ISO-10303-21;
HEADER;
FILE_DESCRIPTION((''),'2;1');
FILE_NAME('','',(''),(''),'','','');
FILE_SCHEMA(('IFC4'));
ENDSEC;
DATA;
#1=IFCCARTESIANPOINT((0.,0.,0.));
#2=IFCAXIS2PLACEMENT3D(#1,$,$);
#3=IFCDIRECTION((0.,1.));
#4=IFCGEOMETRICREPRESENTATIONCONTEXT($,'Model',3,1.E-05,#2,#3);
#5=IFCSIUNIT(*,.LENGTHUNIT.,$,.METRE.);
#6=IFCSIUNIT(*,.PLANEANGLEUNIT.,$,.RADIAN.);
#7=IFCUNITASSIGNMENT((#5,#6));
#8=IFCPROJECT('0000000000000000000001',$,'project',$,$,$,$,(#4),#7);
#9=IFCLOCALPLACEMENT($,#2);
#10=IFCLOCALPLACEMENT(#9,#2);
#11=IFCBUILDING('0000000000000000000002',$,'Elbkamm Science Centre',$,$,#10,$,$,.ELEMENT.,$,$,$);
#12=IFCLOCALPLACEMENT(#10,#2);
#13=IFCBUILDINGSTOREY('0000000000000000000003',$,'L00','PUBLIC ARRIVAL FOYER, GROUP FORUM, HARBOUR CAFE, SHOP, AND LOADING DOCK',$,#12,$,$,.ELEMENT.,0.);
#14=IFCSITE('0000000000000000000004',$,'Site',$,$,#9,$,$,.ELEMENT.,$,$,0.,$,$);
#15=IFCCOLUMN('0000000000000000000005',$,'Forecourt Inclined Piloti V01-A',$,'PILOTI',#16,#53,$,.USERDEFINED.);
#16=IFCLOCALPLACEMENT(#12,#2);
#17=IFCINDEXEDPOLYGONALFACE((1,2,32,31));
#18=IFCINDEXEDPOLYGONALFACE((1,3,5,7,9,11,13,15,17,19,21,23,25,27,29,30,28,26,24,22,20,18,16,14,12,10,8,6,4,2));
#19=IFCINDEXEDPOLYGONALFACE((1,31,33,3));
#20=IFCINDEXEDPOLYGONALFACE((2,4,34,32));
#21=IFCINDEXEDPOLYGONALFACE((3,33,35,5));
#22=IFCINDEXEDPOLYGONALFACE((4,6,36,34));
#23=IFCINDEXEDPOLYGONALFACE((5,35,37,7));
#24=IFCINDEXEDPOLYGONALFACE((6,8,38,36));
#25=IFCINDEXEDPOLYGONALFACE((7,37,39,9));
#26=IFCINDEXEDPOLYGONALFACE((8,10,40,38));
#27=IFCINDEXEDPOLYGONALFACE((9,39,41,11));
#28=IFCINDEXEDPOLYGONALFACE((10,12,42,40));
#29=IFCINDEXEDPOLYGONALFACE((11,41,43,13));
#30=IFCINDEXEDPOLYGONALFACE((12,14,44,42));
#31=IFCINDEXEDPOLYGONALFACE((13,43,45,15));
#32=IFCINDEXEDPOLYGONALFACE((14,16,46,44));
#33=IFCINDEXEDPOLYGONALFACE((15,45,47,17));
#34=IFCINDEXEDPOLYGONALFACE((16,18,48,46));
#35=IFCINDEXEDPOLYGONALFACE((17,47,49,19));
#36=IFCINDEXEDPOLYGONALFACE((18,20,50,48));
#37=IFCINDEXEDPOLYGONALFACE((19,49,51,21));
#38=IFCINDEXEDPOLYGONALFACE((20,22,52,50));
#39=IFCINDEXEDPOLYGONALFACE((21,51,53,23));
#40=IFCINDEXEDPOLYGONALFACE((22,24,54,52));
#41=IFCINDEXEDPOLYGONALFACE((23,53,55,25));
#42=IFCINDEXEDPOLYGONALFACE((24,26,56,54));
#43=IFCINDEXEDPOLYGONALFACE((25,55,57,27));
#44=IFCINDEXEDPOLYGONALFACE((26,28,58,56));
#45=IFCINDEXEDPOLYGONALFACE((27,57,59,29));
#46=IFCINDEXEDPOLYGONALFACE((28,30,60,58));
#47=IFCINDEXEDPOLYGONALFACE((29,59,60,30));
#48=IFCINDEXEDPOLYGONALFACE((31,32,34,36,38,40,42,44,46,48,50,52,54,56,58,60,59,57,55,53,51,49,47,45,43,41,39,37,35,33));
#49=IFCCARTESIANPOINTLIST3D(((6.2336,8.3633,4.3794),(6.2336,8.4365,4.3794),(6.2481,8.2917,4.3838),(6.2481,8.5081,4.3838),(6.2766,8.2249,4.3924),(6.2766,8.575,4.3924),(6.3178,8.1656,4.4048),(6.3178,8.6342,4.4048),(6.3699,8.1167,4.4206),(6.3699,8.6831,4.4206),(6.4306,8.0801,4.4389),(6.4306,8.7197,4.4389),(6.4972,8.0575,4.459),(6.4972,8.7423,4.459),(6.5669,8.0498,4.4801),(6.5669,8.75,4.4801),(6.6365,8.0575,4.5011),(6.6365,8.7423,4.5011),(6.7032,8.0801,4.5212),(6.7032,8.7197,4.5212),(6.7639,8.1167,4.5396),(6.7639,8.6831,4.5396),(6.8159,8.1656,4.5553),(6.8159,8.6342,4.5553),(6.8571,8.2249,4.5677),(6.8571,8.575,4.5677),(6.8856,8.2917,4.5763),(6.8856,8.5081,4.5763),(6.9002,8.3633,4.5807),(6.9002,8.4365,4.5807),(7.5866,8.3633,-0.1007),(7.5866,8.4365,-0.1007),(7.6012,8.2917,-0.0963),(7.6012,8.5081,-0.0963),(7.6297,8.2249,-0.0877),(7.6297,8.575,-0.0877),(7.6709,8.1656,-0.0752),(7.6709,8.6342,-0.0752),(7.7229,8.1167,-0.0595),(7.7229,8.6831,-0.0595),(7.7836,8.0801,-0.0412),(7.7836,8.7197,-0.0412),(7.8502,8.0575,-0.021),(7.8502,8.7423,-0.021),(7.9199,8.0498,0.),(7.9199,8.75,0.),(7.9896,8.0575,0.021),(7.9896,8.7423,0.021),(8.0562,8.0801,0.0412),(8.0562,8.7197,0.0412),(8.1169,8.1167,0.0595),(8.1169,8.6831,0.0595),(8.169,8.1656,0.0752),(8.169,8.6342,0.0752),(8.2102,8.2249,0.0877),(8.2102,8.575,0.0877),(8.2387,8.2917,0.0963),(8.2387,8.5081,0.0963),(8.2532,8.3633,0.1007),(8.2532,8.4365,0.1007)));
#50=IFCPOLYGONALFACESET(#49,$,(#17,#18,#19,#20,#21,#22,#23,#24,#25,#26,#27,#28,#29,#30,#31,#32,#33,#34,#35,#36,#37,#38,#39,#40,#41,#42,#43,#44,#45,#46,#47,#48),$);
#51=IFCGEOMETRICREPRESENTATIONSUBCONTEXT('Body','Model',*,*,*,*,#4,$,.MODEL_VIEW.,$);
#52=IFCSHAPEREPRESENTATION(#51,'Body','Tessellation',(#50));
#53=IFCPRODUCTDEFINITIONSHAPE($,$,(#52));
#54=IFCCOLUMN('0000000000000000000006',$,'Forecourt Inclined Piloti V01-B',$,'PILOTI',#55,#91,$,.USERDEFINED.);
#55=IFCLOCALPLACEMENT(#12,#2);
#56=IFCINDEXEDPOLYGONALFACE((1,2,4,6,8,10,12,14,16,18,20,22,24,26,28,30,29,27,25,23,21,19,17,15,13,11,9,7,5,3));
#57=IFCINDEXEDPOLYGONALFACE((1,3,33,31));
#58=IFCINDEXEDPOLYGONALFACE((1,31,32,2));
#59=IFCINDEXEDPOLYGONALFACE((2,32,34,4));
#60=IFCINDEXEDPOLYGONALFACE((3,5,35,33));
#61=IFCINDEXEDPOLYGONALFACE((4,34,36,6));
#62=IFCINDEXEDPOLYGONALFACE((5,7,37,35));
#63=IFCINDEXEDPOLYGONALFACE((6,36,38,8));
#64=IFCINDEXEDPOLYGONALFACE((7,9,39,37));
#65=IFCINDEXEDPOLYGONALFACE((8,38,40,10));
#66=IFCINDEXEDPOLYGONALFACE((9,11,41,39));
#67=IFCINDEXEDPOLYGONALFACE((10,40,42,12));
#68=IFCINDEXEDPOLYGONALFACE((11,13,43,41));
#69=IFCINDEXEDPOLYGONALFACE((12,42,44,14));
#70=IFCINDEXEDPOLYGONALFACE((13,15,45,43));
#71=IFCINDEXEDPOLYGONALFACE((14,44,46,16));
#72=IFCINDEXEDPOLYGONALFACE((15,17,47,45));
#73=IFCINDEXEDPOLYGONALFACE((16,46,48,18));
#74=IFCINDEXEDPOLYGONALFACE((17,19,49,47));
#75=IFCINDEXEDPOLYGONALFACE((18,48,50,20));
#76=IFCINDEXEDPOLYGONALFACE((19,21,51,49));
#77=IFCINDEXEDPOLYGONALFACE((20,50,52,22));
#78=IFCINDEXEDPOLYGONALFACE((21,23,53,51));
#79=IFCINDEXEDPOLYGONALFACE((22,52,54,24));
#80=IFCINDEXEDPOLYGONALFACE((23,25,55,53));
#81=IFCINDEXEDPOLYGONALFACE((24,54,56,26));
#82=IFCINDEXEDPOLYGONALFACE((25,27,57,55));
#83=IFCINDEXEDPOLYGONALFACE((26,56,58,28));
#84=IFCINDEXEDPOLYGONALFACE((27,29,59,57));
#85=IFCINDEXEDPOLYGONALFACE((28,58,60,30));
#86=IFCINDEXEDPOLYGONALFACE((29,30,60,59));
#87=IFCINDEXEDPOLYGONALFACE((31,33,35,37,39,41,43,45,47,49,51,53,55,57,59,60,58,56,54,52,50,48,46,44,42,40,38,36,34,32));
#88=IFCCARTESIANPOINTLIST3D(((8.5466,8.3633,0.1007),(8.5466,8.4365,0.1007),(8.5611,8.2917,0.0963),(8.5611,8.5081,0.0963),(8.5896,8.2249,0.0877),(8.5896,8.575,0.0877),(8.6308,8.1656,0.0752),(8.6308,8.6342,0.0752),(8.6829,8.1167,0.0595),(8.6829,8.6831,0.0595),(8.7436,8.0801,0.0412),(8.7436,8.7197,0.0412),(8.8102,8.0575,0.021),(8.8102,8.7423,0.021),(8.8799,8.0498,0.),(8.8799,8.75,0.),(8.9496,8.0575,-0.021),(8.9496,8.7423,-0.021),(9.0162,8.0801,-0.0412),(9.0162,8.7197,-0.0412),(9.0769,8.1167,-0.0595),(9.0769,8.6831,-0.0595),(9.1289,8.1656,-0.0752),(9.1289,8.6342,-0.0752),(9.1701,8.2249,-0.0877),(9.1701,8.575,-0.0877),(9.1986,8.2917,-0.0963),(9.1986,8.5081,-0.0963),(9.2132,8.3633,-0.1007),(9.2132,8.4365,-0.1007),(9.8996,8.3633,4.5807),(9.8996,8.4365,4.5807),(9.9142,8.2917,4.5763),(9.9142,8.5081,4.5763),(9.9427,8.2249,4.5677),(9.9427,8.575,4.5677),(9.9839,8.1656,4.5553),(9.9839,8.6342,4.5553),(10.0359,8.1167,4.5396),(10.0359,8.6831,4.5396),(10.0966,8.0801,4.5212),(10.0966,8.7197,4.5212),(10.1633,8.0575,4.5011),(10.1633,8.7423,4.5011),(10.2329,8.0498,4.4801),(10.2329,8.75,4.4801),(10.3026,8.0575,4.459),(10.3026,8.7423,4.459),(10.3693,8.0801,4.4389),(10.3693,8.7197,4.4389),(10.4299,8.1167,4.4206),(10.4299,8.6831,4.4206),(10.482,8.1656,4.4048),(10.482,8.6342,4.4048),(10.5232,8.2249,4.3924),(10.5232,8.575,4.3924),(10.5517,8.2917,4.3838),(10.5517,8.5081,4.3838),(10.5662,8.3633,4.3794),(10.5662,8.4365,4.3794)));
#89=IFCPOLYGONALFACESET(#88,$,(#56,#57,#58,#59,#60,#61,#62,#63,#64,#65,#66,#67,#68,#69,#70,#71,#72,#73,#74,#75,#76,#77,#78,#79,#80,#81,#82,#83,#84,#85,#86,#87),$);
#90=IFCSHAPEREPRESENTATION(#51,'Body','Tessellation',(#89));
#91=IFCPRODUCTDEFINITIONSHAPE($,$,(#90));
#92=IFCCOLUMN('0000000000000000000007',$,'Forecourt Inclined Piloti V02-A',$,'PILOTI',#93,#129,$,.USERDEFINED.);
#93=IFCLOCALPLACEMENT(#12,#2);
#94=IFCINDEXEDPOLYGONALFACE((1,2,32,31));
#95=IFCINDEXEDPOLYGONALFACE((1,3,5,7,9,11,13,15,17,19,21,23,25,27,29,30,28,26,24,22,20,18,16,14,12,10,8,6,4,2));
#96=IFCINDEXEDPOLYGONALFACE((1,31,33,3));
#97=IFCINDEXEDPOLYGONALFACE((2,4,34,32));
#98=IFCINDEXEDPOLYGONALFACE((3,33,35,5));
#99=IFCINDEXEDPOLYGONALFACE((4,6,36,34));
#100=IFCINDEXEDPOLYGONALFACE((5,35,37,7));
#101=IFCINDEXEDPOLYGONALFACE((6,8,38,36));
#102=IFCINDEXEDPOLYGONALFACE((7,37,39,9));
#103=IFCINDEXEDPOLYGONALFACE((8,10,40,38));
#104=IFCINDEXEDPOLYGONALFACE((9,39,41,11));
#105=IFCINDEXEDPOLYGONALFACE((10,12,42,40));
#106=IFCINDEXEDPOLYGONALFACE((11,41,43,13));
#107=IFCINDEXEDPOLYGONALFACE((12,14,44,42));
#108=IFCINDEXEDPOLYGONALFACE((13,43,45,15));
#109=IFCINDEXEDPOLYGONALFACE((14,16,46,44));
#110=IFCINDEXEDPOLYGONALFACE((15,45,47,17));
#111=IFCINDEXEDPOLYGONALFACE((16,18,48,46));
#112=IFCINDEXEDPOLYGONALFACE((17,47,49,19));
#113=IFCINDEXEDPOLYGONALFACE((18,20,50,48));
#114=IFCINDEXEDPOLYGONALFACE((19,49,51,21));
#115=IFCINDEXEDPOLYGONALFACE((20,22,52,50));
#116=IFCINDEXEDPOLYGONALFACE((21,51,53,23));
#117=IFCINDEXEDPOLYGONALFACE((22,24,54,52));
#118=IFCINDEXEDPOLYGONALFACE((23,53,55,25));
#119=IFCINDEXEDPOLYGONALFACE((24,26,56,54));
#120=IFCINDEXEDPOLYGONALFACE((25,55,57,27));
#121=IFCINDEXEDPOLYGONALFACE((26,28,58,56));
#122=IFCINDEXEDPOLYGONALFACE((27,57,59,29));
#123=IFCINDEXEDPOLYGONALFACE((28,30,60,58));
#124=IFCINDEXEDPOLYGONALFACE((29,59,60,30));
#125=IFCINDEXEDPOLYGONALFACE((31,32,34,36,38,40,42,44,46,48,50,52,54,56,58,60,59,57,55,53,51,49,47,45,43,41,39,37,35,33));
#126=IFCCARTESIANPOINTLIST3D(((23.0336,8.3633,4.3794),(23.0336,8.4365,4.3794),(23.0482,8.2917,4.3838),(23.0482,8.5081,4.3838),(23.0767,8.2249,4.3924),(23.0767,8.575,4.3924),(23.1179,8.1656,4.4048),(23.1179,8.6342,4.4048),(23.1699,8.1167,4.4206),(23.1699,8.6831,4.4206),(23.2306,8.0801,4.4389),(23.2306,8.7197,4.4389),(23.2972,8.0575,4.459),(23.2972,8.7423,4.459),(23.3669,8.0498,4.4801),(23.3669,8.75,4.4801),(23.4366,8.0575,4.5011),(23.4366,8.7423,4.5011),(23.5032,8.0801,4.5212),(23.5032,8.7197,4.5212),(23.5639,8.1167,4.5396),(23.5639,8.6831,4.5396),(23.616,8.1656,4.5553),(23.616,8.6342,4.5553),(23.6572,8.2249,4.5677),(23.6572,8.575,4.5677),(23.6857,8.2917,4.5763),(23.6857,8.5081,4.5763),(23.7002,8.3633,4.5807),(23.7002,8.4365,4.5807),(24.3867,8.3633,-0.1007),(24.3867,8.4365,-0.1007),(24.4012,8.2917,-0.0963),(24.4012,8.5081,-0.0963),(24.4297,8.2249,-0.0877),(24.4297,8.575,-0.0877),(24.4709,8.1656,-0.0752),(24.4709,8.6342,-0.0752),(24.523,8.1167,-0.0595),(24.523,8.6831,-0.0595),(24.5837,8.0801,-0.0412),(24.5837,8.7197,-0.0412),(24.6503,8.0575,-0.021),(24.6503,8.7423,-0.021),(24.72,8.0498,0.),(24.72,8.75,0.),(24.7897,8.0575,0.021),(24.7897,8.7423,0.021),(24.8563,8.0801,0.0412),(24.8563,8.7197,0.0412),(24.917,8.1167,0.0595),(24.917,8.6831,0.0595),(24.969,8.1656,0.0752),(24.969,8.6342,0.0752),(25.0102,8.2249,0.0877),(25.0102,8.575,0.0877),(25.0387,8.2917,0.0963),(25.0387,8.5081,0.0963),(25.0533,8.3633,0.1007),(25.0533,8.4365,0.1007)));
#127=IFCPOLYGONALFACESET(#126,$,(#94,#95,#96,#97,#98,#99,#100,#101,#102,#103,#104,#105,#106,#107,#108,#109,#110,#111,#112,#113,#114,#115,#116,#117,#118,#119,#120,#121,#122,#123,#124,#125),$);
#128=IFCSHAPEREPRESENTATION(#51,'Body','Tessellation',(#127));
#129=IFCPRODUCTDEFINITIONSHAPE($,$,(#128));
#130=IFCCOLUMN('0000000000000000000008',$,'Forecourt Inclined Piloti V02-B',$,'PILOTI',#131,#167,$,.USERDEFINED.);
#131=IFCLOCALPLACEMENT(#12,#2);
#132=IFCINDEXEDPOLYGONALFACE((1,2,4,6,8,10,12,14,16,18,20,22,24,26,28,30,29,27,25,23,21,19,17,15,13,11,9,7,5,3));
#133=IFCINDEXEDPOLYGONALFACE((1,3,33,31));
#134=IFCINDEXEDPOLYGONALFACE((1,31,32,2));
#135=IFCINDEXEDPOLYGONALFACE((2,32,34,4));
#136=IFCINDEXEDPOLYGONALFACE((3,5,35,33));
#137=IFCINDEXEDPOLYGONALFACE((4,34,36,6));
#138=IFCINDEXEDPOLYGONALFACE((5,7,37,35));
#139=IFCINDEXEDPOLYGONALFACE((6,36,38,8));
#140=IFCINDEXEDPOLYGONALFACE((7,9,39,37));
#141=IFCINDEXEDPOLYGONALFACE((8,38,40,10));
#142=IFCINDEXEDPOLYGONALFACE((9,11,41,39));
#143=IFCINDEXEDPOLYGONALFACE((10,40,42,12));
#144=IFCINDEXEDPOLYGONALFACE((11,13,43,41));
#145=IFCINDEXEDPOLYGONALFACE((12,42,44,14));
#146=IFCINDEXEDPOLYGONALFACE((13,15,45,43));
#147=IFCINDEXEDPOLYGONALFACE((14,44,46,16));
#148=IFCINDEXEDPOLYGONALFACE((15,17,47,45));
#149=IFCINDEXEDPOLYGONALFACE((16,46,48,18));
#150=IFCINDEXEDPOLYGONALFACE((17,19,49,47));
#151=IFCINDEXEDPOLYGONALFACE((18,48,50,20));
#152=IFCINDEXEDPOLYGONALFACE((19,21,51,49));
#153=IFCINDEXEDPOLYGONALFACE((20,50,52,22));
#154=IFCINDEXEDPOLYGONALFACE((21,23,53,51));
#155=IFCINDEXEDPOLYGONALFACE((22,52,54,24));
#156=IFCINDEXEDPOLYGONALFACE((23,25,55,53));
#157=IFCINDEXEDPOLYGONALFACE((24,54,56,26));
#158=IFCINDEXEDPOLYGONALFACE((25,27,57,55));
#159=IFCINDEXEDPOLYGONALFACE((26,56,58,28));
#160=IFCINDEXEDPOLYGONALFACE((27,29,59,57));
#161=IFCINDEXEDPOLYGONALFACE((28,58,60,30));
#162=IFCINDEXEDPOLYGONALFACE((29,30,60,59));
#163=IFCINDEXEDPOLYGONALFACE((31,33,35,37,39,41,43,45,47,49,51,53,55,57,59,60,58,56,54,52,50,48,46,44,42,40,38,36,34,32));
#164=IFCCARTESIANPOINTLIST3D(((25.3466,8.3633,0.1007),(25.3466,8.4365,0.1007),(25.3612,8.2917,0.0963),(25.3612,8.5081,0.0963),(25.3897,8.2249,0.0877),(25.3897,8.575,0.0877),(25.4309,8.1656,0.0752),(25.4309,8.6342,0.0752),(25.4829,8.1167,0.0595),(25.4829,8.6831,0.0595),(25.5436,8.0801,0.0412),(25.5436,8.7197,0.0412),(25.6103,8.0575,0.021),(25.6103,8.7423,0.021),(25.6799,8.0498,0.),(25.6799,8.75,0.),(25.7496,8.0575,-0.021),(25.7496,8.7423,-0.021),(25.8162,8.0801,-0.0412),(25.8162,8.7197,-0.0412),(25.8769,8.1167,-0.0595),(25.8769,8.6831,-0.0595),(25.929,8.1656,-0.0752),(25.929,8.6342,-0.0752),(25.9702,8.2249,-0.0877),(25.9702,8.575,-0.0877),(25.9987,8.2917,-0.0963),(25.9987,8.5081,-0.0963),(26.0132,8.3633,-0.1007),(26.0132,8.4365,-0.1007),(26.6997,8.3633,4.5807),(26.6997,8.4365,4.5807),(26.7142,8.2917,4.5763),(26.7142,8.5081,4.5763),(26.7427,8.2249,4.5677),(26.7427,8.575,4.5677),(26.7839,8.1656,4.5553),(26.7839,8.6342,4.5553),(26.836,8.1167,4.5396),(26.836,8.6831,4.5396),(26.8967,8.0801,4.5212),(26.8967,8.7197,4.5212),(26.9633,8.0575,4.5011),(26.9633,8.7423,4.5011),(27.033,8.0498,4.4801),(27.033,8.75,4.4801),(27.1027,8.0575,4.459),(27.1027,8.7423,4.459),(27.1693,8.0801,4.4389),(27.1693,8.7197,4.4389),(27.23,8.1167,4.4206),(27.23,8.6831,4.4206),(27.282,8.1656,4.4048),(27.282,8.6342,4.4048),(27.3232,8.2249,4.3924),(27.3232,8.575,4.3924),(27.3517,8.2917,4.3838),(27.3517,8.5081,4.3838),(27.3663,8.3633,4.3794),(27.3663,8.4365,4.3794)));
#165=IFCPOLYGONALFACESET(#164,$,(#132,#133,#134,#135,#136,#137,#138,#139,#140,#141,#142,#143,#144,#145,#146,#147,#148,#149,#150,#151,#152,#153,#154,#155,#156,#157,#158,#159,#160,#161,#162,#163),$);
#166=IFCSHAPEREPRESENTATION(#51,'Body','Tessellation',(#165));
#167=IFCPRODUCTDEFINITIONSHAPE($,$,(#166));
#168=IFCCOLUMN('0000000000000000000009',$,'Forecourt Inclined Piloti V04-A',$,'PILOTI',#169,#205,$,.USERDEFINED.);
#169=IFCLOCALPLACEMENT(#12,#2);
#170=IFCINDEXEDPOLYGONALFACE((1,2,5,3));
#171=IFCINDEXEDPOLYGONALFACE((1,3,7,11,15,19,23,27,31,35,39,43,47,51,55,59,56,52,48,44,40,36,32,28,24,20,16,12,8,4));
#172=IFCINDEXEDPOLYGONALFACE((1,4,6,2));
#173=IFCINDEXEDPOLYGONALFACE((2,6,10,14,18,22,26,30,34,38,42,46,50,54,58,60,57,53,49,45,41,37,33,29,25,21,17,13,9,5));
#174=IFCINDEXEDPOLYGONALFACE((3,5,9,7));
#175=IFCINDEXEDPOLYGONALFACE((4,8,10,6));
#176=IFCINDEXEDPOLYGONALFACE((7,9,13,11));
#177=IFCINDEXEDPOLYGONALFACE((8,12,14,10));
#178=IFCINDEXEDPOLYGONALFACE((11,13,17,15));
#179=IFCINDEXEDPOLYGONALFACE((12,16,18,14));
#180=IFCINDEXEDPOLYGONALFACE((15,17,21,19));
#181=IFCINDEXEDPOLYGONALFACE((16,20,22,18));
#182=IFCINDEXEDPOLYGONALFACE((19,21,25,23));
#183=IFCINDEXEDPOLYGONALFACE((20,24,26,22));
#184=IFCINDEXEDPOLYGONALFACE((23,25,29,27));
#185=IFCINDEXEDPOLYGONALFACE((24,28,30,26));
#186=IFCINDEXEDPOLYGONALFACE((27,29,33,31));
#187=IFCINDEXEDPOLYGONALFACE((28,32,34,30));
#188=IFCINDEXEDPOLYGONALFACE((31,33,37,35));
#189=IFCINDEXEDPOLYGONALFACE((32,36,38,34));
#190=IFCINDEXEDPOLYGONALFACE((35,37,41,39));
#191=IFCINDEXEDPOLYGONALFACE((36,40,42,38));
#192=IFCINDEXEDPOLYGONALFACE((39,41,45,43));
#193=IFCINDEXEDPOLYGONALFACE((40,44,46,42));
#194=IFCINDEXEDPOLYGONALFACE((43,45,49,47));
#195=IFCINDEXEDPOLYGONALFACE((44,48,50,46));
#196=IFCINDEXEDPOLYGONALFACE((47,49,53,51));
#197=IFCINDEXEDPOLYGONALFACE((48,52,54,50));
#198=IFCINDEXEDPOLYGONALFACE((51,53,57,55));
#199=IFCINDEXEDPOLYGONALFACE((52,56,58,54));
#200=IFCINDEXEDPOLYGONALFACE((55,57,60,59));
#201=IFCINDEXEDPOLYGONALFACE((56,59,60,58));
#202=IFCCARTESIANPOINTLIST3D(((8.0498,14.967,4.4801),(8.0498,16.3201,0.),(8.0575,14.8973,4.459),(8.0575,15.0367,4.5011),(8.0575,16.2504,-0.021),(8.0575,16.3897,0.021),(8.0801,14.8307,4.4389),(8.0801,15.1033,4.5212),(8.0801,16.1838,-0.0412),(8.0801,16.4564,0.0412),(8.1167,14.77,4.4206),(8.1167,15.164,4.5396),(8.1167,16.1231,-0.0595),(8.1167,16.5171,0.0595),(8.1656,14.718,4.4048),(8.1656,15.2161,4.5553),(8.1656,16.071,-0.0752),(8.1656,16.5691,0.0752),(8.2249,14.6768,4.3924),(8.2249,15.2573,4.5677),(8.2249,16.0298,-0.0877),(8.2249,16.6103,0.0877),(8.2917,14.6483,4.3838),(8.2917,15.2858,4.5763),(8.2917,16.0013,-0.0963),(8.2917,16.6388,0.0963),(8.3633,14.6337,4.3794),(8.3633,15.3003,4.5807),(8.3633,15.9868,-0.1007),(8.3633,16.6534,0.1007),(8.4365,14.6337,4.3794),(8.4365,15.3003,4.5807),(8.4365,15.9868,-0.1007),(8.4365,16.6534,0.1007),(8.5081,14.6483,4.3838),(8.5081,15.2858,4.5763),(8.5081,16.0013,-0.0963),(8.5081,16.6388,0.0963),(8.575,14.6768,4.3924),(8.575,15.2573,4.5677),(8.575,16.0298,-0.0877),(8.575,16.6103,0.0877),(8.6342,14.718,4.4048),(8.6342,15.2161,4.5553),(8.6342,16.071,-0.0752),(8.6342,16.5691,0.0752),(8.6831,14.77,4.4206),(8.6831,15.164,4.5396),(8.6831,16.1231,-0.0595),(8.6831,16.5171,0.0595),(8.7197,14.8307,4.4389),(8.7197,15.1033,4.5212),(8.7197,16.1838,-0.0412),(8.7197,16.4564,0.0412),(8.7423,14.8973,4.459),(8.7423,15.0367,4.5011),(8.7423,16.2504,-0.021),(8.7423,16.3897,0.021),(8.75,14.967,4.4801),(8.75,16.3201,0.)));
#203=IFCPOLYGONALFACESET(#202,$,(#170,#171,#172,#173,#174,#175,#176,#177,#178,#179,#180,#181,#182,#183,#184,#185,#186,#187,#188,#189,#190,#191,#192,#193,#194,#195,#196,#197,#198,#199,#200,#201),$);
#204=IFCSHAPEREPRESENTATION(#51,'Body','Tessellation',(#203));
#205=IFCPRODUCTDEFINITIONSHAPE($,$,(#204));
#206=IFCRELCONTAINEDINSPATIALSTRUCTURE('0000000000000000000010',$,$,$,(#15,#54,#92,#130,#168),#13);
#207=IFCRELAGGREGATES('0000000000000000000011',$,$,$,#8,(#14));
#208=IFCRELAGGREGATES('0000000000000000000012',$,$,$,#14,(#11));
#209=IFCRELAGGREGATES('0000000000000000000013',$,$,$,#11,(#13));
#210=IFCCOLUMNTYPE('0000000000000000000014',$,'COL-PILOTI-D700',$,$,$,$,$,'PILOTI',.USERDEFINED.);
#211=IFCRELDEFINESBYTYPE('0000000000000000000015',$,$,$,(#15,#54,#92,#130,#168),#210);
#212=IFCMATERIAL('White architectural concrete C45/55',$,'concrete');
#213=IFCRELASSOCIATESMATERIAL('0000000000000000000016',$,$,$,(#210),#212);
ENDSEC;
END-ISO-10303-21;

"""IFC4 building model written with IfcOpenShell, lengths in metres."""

from ifc_helpers import new_model, si_unit, direction, frame, origin, origin_2d, place, context, subcontext, project, spatial, circle, extrude, material, material_profile, profile_set, type_object, element, save


model = new_model("IFC4")

# Units and contexts
model_context = context("Model", 3, precision=1e-05, world=origin(), true_north=direction((0.0, 1.0)))
body_context = subcontext(model_context, "Body", "Model", "MODEL_VIEW")
ifc_project = project(units=[si_unit("LENGTHUNIT", "METRE"), si_unit("PLANEANGLEUNIT", "RADIAN")], contexts=[model_context])

# Site, building, storey
site_placement = place(None, origin())
site = spatial("IfcSite", under=ifc_project, at=site_placement, Name="Site", CompositionType="ELEMENT", RefElevation=0.0)
building_placement = place(site_placement, origin())
building = spatial("IfcBuilding", under=site, at=building_placement, Name="Elbkamm Science Centre", CompositionType="ELEMENT")
storey_placement = place(building_placement, origin())
storey = spatial("IfcBuildingStorey", under=building, at=storey_placement, Name="L00", Description="PUBLIC ARRIVAL FOYER, GROUP FORUM, HARBOUR CAFE, SHOP, AND LOADING DOCK", CompositionType="ELEMENT", Elevation=0.0)

# Columns
ifc_material_1 = material(Name="White architectural concrete C45/55", Category="concrete")
ifc_material_profile = material_profile(ifc_material_1, circle(Radius=0.3501, at=origin_2d()), Name="RC D700")
ifc_profile_set = profile_set([ifc_material_profile], Name="White architectural concrete C45/55")
column_type = type_object("IfcColumnType", Name="COL-PILOTI-D700", ElementType="PILOTI", PredefinedType="USERDEFINED", material=ifc_profile_set)
for number, where, z_axis, x_axis, name in (
    (1, (7.9199, 8.3999, 0.0), (-0.289118, 0.0, 0.957293), (0.0, -1.0, 0.0), "Forecourt Inclined Piloti V01-A"),
    (2, (8.8799, 8.3999, 0.0), (0.289118, 0.0, 0.957293), (0.0, 1.0, 0.0), "Forecourt Inclined Piloti V01-B"),
    (3, (24.72, 8.3999, 0.0), (-0.289118, 0.0, 0.957293), (0.0, -1.0, 0.0), "Forecourt Inclined Piloti V02-A"),
    (4, (25.6799, 8.3999, 0.0), (0.289118, 0.0, 0.957293), (0.0, 1.0, 0.0), "Forecourt Inclined Piloti V02-B"),
    (5, (8.3999, 16.3201, 0.0), (0.0, -0.289118, 0.957293), (1.0, 0.0, 0.0), "Forecourt Inclined Piloti V04-A"),
):
    element("IfcColumn", number, at=place(storey_placement, frame(where, z_axis=z_axis, x_axis=x_axis)), inside=storey, type_object=column_type, Name=name, ObjectType="PILOTI", PredefinedType="USERDEFINED", context=body_context, shape_type="SweptSolid", body=[
        extrude(circle(Radius=0.3501, at=origin_2d()), origin(), (0.0, 0.0, 1.0), 4.6799),
    ])

save(model, "model.ifc")
